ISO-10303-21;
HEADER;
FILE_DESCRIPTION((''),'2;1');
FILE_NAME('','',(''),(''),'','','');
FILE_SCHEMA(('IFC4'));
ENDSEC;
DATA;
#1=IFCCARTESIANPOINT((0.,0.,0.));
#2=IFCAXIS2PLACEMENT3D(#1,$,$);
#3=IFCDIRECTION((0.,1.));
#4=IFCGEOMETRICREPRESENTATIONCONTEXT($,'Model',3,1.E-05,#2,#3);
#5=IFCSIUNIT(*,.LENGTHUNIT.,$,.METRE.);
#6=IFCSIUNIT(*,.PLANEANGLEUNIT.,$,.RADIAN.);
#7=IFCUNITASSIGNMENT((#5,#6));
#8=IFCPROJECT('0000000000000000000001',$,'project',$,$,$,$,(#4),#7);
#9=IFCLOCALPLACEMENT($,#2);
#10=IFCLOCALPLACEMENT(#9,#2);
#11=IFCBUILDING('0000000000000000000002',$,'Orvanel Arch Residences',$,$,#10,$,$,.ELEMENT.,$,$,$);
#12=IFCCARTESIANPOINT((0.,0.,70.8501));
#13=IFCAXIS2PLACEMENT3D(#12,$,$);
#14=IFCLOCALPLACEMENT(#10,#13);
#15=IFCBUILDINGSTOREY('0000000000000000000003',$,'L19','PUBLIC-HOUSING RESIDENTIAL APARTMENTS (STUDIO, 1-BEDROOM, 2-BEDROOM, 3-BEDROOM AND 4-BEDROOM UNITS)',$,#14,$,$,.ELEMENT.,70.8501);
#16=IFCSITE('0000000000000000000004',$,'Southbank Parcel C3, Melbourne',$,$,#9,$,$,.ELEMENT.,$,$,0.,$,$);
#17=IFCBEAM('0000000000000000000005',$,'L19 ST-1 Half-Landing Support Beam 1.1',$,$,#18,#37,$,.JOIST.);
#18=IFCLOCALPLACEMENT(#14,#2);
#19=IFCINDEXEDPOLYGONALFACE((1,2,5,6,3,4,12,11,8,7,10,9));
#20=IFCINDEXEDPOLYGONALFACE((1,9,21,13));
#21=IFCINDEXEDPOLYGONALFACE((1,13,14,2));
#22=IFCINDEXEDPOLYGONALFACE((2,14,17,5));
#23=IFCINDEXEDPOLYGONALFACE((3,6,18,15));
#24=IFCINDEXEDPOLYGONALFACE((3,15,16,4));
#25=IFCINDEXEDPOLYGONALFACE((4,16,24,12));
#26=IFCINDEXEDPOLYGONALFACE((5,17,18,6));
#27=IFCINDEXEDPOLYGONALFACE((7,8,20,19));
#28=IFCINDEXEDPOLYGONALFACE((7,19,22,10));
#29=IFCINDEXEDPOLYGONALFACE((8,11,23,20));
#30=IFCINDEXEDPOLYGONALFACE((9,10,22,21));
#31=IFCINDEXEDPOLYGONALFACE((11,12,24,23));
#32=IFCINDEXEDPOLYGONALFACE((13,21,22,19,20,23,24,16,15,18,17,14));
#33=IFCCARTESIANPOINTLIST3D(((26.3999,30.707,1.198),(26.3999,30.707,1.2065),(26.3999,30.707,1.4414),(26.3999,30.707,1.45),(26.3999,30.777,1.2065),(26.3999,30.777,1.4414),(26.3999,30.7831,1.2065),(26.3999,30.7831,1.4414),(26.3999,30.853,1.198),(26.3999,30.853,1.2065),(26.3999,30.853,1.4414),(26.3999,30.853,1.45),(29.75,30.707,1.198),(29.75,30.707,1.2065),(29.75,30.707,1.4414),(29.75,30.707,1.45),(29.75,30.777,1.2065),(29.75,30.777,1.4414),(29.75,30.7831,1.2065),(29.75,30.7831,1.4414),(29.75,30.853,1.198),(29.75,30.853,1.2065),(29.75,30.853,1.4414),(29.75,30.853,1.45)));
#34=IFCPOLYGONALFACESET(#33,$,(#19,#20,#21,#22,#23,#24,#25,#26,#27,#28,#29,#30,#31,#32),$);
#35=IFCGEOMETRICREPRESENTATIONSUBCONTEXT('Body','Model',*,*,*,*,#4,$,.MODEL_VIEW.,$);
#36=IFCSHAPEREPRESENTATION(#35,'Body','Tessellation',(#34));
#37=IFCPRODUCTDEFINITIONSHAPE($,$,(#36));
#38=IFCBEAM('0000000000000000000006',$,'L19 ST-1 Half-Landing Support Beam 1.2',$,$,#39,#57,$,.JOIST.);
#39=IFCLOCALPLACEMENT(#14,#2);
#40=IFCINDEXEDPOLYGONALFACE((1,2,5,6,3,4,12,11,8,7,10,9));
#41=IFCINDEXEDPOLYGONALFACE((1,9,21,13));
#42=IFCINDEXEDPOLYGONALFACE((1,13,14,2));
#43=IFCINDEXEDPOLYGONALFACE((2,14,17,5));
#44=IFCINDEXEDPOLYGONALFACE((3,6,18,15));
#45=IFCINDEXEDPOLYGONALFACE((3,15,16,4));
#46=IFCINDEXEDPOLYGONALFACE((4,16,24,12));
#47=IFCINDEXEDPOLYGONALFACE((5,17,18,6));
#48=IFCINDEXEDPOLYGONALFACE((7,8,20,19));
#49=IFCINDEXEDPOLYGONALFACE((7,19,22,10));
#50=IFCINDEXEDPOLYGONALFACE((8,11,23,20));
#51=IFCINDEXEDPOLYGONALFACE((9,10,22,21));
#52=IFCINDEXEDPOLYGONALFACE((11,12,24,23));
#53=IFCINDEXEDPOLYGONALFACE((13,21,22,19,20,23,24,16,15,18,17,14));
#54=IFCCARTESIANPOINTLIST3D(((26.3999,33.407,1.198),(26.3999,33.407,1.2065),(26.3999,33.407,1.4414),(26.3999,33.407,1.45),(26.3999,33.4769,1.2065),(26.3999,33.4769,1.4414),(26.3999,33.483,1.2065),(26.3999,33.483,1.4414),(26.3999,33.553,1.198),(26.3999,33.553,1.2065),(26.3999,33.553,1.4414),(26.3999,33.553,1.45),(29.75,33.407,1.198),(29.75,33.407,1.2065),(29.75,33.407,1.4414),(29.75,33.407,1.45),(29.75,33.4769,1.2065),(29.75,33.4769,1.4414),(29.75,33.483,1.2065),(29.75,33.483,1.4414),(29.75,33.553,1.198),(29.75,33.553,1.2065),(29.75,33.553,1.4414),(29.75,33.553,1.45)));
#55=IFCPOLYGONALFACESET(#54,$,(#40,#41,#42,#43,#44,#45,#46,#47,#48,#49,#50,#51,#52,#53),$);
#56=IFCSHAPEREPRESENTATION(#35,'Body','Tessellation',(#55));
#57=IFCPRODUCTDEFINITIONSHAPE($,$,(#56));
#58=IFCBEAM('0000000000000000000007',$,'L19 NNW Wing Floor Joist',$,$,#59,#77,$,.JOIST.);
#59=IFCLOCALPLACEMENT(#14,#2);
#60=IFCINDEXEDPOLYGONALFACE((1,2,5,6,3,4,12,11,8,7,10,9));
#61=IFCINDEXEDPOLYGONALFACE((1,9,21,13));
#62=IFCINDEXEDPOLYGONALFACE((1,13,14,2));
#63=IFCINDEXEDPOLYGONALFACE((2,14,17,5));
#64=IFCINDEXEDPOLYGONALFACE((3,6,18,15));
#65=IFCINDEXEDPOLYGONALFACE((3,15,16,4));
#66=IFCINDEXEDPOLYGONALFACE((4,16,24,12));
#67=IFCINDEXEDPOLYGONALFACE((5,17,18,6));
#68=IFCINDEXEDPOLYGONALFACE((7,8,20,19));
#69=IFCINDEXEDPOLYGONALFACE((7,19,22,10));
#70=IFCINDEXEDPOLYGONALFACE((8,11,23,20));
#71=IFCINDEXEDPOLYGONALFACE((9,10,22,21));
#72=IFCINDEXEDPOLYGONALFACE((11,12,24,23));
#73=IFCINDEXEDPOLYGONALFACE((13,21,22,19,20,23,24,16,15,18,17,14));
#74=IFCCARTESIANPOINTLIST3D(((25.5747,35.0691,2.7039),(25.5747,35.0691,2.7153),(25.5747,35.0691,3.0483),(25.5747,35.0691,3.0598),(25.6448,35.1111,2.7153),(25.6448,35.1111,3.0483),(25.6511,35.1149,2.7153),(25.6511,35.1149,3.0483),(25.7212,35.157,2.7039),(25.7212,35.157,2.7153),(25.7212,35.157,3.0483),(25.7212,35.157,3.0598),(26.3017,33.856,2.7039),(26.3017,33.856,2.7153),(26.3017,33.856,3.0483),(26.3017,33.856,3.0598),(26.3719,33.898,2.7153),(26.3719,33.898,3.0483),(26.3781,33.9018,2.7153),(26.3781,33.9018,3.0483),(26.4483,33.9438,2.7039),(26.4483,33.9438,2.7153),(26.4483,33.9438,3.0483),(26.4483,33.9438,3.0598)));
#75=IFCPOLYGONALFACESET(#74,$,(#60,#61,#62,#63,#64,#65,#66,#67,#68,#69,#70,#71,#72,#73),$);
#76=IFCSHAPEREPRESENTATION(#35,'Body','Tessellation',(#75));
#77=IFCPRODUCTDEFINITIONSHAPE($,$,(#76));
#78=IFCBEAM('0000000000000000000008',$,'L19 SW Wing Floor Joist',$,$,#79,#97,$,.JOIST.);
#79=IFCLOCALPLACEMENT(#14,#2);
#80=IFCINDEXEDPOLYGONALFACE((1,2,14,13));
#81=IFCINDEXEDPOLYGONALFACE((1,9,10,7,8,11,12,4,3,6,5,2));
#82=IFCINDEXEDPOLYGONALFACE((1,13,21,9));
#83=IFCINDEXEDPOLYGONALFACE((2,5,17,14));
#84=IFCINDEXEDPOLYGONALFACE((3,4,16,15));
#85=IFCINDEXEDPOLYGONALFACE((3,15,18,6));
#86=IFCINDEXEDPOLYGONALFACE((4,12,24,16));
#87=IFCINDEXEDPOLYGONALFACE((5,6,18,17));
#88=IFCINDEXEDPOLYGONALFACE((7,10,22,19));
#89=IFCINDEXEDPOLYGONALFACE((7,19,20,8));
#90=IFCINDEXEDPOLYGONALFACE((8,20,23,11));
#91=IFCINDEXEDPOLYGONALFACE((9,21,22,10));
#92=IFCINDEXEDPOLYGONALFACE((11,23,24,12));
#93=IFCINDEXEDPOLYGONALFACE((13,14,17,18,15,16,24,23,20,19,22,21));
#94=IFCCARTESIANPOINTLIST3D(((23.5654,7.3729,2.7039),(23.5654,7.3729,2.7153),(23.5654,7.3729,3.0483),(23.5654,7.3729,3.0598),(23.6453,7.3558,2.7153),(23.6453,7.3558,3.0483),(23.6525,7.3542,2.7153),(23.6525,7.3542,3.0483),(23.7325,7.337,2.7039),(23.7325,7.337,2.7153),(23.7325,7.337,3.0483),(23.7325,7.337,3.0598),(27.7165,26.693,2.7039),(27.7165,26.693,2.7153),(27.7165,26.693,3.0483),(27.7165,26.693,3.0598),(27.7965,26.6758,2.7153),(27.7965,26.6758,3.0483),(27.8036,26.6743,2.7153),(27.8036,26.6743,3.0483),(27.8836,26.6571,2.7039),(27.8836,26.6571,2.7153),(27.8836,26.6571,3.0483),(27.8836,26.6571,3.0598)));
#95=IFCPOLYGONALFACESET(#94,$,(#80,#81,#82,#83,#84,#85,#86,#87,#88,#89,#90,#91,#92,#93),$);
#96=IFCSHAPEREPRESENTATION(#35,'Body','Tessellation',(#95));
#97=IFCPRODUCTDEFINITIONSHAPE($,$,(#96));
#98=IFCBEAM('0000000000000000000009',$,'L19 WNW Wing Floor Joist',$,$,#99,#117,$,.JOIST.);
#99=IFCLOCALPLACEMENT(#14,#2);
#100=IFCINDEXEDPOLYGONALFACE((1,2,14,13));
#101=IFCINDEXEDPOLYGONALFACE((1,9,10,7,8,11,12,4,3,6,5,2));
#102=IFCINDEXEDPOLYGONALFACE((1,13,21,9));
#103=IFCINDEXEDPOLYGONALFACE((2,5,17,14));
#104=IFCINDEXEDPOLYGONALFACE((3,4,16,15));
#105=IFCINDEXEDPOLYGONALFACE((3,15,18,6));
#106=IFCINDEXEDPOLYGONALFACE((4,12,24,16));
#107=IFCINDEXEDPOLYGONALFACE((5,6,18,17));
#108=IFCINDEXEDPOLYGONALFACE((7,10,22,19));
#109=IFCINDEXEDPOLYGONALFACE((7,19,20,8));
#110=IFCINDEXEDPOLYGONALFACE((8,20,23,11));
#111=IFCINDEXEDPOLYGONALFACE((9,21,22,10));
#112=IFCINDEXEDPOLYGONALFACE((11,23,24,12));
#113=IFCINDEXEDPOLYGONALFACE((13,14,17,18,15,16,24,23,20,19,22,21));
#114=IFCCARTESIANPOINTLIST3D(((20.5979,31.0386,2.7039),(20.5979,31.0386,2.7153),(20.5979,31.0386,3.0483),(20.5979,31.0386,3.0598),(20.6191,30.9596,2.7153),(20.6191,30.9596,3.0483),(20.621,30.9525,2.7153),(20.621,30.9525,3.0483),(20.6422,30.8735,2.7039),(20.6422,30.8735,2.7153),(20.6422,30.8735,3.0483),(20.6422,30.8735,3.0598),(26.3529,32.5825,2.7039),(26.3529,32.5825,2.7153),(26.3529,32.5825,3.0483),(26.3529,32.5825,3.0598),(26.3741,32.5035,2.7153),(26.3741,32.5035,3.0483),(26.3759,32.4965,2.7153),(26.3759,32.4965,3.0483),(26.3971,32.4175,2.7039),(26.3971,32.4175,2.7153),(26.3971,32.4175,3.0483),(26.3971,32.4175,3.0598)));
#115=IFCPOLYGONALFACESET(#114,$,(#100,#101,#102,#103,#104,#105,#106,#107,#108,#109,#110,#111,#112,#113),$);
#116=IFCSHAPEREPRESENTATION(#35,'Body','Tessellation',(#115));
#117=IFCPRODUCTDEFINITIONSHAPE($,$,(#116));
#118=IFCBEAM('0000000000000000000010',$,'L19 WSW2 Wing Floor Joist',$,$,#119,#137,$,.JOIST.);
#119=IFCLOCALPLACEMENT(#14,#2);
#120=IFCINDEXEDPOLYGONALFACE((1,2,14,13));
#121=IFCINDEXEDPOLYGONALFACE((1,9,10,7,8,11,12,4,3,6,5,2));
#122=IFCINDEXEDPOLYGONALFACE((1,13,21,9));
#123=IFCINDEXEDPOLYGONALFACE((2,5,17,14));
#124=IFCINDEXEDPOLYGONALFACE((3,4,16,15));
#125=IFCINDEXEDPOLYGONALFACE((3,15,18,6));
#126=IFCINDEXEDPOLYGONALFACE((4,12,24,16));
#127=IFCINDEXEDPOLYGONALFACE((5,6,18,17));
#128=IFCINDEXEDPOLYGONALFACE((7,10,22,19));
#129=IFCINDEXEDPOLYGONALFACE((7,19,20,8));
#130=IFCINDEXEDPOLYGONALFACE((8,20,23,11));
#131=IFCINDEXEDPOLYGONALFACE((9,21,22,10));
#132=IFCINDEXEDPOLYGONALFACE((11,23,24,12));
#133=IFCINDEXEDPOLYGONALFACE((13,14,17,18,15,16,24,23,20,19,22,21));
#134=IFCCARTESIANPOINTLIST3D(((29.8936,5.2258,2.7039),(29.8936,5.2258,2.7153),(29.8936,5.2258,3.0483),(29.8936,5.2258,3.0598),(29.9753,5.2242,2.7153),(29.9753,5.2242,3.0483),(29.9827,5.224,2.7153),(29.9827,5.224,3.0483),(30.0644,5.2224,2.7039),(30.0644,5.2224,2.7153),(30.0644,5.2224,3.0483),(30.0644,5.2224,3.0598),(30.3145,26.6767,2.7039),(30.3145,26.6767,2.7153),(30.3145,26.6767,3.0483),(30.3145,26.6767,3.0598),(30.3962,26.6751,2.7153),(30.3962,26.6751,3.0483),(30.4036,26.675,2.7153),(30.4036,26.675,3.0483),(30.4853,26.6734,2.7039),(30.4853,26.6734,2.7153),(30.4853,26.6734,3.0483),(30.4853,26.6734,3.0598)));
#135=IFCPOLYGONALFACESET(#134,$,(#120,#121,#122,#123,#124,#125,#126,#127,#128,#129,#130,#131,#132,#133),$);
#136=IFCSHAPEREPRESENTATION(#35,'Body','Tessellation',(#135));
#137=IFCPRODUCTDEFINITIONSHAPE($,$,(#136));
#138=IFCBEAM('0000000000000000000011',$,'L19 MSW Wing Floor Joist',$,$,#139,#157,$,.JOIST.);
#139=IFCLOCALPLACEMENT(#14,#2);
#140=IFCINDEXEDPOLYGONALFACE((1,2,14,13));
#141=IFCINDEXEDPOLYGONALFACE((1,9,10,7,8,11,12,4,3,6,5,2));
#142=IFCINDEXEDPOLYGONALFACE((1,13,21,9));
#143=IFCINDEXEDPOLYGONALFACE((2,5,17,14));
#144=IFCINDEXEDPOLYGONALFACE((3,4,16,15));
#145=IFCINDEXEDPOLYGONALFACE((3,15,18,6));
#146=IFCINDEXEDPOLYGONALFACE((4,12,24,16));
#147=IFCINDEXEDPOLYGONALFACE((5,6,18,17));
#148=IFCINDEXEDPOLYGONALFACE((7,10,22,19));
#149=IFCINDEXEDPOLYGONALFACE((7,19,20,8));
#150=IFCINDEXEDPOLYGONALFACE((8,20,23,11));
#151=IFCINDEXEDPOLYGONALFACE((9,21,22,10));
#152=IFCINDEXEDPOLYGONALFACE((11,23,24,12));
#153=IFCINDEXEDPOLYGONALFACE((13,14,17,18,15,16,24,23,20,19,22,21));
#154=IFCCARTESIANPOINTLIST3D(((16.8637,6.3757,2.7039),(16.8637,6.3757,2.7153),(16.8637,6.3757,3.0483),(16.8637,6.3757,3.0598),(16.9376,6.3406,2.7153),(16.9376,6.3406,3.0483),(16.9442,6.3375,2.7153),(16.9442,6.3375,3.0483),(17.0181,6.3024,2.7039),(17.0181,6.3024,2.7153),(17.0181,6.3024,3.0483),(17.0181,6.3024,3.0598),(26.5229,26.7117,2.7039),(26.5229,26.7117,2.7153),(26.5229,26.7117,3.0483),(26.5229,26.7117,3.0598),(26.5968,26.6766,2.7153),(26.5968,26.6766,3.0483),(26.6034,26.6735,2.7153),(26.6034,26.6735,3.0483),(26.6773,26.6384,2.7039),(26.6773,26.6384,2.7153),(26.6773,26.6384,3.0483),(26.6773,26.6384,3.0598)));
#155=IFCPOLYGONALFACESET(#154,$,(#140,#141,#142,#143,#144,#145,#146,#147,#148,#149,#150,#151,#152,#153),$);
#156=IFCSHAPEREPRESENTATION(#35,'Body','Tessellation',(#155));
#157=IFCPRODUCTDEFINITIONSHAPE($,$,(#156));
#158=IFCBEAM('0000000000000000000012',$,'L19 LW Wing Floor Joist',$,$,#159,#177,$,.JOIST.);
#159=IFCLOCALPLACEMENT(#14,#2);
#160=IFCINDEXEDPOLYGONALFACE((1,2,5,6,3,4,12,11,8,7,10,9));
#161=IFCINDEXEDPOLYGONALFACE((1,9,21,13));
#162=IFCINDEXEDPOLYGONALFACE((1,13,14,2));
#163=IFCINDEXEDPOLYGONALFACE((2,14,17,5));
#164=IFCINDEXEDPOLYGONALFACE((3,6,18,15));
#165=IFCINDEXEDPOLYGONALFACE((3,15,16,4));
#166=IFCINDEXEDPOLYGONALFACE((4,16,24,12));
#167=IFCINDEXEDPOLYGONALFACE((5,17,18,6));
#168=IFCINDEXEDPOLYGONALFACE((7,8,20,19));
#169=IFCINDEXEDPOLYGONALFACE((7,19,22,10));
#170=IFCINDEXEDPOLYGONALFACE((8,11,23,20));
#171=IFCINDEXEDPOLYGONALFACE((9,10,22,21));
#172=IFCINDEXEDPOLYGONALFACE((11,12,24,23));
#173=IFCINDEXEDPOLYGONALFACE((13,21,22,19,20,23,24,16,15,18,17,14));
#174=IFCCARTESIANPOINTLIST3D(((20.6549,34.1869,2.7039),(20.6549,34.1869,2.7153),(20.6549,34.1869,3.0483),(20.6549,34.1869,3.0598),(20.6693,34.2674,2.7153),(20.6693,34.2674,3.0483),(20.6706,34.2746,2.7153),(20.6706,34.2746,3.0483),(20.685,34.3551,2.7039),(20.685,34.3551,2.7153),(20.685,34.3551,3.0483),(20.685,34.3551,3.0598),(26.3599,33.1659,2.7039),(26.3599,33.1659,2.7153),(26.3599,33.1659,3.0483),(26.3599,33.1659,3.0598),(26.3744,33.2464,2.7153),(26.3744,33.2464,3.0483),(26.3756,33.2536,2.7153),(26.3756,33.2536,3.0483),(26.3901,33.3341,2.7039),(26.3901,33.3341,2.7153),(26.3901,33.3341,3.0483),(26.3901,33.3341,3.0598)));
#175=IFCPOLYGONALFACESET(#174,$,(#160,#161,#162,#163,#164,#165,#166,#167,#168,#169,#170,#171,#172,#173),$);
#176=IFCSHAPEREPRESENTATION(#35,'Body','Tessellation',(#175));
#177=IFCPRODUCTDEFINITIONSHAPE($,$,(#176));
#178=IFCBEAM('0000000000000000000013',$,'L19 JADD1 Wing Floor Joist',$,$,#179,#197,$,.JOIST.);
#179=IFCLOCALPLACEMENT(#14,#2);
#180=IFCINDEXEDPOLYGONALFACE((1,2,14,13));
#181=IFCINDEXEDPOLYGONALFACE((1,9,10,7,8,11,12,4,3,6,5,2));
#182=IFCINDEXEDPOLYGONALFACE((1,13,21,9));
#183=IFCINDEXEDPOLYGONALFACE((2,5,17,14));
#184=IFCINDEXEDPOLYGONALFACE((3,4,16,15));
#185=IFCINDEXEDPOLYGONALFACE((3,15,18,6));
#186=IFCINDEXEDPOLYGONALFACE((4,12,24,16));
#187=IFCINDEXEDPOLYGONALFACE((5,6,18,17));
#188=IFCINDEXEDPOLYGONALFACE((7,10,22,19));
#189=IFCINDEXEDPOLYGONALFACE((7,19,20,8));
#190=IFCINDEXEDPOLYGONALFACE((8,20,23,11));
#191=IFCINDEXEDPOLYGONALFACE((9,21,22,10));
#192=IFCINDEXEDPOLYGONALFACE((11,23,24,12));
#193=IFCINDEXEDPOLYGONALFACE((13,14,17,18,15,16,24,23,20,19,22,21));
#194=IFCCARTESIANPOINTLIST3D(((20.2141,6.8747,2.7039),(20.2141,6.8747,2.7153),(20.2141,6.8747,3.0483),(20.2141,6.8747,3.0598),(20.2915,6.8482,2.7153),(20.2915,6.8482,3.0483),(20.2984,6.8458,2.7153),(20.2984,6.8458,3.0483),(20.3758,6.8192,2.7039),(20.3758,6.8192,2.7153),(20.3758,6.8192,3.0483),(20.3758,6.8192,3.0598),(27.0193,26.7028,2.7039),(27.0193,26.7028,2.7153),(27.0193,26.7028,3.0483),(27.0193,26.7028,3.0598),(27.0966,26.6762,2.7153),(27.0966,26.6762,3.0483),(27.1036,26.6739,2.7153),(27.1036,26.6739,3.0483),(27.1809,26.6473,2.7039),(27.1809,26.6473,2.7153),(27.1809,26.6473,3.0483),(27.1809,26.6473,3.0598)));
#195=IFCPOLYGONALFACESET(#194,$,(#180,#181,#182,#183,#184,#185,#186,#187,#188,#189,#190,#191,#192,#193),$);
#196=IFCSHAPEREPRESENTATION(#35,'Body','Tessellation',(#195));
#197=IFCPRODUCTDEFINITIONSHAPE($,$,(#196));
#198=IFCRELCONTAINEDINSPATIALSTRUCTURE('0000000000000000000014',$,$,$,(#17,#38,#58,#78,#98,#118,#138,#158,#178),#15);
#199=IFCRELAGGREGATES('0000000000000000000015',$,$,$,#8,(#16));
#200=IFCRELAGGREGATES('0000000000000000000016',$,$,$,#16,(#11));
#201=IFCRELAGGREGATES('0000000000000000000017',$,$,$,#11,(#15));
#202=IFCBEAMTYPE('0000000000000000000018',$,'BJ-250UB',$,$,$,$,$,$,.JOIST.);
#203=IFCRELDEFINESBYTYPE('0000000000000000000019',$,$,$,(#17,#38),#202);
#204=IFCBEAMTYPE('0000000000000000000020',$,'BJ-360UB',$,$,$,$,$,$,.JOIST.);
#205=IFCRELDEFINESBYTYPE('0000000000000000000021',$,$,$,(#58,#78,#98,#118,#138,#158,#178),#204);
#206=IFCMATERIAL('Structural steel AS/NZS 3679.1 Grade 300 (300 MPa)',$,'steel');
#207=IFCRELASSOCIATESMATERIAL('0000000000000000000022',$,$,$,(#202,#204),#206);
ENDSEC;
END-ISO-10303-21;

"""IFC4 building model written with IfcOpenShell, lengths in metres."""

from ifc_helpers import new_model, si_unit, direction, frame, origin, origin_2d, place, context, subcontext, project, spatial, i_section, extrude, material, material_profile, profile_set, type_object, element, save


model = new_model("IFC4")

# Units and contexts
model_context = context("Model", 3, precision=1e-05, world=origin(), true_north=direction((0.0, 1.0)))
body_context = subcontext(model_context, "Body", "Model", "MODEL_VIEW")
ifc_project = project(units=[si_unit("LENGTHUNIT", "METRE"), si_unit("PLANEANGLEUNIT", "RADIAN")], contexts=[model_context])

# Site, building, storey
site_placement = place(None, origin())
site = spatial("IfcSite", under=ifc_project, at=site_placement, Name="Southbank Parcel C3, Melbourne", CompositionType="ELEMENT", RefElevation=0.0)
building_placement = place(site_placement, origin())
building = spatial("IfcBuilding", under=site, at=building_placement, Name="Orvanel Arch Residences", CompositionType="ELEMENT")
storey_placement = place(building_placement, frame((0.0, 0.0, 70.8501)))
storey = spatial("IfcBuildingStorey", under=building, at=storey_placement, Name="L19", Description="PUBLIC-HOUSING RESIDENTIAL APARTMENTS (STUDIO, 1-BEDROOM, 2-BEDROOM, 3-BEDROOM AND 4-BEDROOM UNITS)", CompositionType="ELEMENT", Elevation=70.8501)

# Beams
ifc_material_1 = material(Name="Structural steel AS/NZS 3679.1 Grade 300 (300 MPa)", Category="steel")
ifc_material_profile_1 = material_profile(ifc_material_1, i_section(OverallWidth=0.146, OverallDepth=0.252, WebThickness=0.0061, FlangeThickness=0.0085, at=origin_2d()), Name="250UB31.4")
ifc_profile_set_1 = profile_set([ifc_material_profile_1], Name="Structural steel AS/NZS 3679.1 Grade 300 (300 MPa)")
beam_type_1 = type_object("IfcBeamType", Name="BJ-250UB", PredefinedType="JOIST", material=ifc_profile_set_1)
for number, where, z_axis, x_axis, name in (
    (1, (26.3999, 30.78, 1.324), (1.0, 0.0, 0.0), (0.0, 1.0, 0.0), "L19 ST-1 Half-Landing Support Beam 1.1"),
    (2, (26.3999, 33.48, 1.324), (1.0, 0.0, 0.0), (0.0, 1.0, 0.0), "L19 ST-1 Half-Landing Support Beam 1.2"),
):
    element("IfcBeam", number, at=place(storey_placement, frame(where, z_axis=z_axis, x_axis=x_axis)), inside=storey, type_object=beam_type_1, Name=name, PredefinedType="JOIST", context=body_context, shape_type="SweptSolid", body=[
        extrude(i_section(OverallWidth=0.146, OverallDepth=0.252, WebThickness=0.0061, FlangeThickness=0.0085, at=origin_2d()), origin(), (0.0, 0.0, 1.0), 3.3501),
    ])
ifc_material_profile_2 = material_profile(ifc_material_1, i_section(OverallWidth=0.1709, OverallDepth=0.356, WebThickness=0.0073, FlangeThickness=0.0115, at=origin_2d()), Name="360UB50.7")
ifc_profile_set_2 = profile_set([ifc_material_profile_2], Name="Structural steel AS/NZS 3679.1 Grade 300 (300 MPa)")
beam_type_2 = type_object("IfcBeamType", Name="BJ-360UB", PredefinedType="JOIST", material=ifc_profile_set_2)
beam_1_placement = place(storey_placement, frame((26.375, 33.8999, 2.8818), z_axis=(-0.514064, 0.857752, 0.0), x_axis=(-0.857752, -0.514064, 0.0)))
element("IfcBeam", 3, at=beam_1_placement, inside=storey, type_object=beam_type_2, Name="L19 NNW Wing Floor Joist", PredefinedType="JOIST", context=body_context, shape_type="SweptSolid", body=[
    extrude(i_section(OverallWidth=0.1709, OverallDepth=0.356, WebThickness=0.0073, FlangeThickness=0.0115, at=origin_2d()), origin(), (0.0, 0.0, 1.0), 1.4143),
])
beam_2_placement = place(storey_placement, frame((27.8, 26.675, 2.8818), z_axis=(-0.210067, -0.977687, 0.0), x_axis=(0.977687, -0.210067, 0.0)))
element("IfcBeam", 4, at=beam_2_placement, inside=storey, type_object=beam_type_2, Name="L19 SW Wing Floor Joist", PredefinedType="JOIST", context=body_context, shape_type="SweptSolid", body=[
    extrude(i_section(OverallWidth=0.1709, OverallDepth=0.356, WebThickness=0.0073, FlangeThickness=0.0115, at=origin_2d()), origin(), (0.0, 0.0, 1.0), 19.761),
])
beam_3_placement = place(storey_placement, frame((26.375, 32.5, 2.8818), z_axis=(-0.965845, -0.259121, 0.0), x_axis=(0.259121, -0.965845, 0.0)))
element("IfcBeam", 5, at=beam_3_placement, inside=storey, type_object=beam_type_2, Name="L19 WNW Wing Floor Joist", PredefinedType="JOIST", context=body_context, shape_type="SweptSolid", body=[
    extrude(i_section(OverallWidth=0.1709, OverallDepth=0.356, WebThickness=0.0073, FlangeThickness=0.0115, at=origin_2d()), origin(), (0.0, 0.0, 1.0), 5.9585),
])
beam_4_placement = place(storey_placement, frame((30.3999, 26.675, 2.8818), z_axis=(-0.019618, -0.999808, 0.0), x_axis=(0.999808, -0.019618, 0.0)))
element("IfcBeam", 6, at=beam_4_placement, inside=storey, type_object=beam_type_2, Name="L19 WSW2 Wing Floor Joist", PredefinedType="JOIST", context=body_context, shape_type="SweptSolid", body=[
    extrude(i_section(OverallWidth=0.1709, OverallDepth=0.356, WebThickness=0.0073, FlangeThickness=0.0115, at=origin_2d()), origin(), (0.0, 0.0, 1.0), 21.4551),
])
beam_5_placement = place(storey_placement, frame((26.6001, 26.675, 2.8818), z_axis=(-0.429043, -0.903284, 0.0), x_axis=(0.903284, -0.429043, 0.0)))
element("IfcBeam", 7, at=beam_5_placement, inside=storey, type_object=beam_type_2, Name="L19 MSW Wing Floor Joist", PredefinedType="JOIST", context=body_context, shape_type="SweptSolid", body=[
    extrude(i_section(OverallWidth=0.1709, OverallDepth=0.356, WebThickness=0.0073, FlangeThickness=0.0115, at=origin_2d()), origin(), (0.0, 0.0, 1.0), 22.5134),
])
beam_6_placement = place(storey_placement, frame((26.375, 33.25, 2.8818), z_axis=(-0.984361, 0.176164, 0.0), x_axis=(-0.176164, -0.984361, 0.0)))
element("IfcBeam", 8, at=beam_6_placement, inside=storey, type_object=beam_type_2, Name="L19 LW Wing Floor Joist", PredefinedType="JOIST", context=body_context, shape_type="SweptSolid", body=[
    extrude(i_section(OverallWidth=0.1709, OverallDepth=0.356, WebThickness=0.0073, FlangeThickness=0.0115, at=origin_2d()), origin(), (0.0, 0.0, 1.0), 5.7957),
])
beam_7_placement = place(storey_placement, frame((27.1001, 26.675, 2.8818), z_axis=(-0.324621, -0.945844, 0.0), x_axis=(0.945844, -0.324621, 0.0)))
element("IfcBeam", 9, at=beam_7_placement, inside=storey, type_object=beam_type_2, Name="L19 JADD1 Wing Floor Joist", PredefinedType="JOIST", context=body_context, shape_type="SweptSolid", body=[
    extrude(i_section(OverallWidth=0.1709, OverallDepth=0.356, WebThickness=0.0073, FlangeThickness=0.0115, at=origin_2d()), origin(), (0.0, 0.0, 1.0), 20.9634),
])

save(model, "model.ifc")
